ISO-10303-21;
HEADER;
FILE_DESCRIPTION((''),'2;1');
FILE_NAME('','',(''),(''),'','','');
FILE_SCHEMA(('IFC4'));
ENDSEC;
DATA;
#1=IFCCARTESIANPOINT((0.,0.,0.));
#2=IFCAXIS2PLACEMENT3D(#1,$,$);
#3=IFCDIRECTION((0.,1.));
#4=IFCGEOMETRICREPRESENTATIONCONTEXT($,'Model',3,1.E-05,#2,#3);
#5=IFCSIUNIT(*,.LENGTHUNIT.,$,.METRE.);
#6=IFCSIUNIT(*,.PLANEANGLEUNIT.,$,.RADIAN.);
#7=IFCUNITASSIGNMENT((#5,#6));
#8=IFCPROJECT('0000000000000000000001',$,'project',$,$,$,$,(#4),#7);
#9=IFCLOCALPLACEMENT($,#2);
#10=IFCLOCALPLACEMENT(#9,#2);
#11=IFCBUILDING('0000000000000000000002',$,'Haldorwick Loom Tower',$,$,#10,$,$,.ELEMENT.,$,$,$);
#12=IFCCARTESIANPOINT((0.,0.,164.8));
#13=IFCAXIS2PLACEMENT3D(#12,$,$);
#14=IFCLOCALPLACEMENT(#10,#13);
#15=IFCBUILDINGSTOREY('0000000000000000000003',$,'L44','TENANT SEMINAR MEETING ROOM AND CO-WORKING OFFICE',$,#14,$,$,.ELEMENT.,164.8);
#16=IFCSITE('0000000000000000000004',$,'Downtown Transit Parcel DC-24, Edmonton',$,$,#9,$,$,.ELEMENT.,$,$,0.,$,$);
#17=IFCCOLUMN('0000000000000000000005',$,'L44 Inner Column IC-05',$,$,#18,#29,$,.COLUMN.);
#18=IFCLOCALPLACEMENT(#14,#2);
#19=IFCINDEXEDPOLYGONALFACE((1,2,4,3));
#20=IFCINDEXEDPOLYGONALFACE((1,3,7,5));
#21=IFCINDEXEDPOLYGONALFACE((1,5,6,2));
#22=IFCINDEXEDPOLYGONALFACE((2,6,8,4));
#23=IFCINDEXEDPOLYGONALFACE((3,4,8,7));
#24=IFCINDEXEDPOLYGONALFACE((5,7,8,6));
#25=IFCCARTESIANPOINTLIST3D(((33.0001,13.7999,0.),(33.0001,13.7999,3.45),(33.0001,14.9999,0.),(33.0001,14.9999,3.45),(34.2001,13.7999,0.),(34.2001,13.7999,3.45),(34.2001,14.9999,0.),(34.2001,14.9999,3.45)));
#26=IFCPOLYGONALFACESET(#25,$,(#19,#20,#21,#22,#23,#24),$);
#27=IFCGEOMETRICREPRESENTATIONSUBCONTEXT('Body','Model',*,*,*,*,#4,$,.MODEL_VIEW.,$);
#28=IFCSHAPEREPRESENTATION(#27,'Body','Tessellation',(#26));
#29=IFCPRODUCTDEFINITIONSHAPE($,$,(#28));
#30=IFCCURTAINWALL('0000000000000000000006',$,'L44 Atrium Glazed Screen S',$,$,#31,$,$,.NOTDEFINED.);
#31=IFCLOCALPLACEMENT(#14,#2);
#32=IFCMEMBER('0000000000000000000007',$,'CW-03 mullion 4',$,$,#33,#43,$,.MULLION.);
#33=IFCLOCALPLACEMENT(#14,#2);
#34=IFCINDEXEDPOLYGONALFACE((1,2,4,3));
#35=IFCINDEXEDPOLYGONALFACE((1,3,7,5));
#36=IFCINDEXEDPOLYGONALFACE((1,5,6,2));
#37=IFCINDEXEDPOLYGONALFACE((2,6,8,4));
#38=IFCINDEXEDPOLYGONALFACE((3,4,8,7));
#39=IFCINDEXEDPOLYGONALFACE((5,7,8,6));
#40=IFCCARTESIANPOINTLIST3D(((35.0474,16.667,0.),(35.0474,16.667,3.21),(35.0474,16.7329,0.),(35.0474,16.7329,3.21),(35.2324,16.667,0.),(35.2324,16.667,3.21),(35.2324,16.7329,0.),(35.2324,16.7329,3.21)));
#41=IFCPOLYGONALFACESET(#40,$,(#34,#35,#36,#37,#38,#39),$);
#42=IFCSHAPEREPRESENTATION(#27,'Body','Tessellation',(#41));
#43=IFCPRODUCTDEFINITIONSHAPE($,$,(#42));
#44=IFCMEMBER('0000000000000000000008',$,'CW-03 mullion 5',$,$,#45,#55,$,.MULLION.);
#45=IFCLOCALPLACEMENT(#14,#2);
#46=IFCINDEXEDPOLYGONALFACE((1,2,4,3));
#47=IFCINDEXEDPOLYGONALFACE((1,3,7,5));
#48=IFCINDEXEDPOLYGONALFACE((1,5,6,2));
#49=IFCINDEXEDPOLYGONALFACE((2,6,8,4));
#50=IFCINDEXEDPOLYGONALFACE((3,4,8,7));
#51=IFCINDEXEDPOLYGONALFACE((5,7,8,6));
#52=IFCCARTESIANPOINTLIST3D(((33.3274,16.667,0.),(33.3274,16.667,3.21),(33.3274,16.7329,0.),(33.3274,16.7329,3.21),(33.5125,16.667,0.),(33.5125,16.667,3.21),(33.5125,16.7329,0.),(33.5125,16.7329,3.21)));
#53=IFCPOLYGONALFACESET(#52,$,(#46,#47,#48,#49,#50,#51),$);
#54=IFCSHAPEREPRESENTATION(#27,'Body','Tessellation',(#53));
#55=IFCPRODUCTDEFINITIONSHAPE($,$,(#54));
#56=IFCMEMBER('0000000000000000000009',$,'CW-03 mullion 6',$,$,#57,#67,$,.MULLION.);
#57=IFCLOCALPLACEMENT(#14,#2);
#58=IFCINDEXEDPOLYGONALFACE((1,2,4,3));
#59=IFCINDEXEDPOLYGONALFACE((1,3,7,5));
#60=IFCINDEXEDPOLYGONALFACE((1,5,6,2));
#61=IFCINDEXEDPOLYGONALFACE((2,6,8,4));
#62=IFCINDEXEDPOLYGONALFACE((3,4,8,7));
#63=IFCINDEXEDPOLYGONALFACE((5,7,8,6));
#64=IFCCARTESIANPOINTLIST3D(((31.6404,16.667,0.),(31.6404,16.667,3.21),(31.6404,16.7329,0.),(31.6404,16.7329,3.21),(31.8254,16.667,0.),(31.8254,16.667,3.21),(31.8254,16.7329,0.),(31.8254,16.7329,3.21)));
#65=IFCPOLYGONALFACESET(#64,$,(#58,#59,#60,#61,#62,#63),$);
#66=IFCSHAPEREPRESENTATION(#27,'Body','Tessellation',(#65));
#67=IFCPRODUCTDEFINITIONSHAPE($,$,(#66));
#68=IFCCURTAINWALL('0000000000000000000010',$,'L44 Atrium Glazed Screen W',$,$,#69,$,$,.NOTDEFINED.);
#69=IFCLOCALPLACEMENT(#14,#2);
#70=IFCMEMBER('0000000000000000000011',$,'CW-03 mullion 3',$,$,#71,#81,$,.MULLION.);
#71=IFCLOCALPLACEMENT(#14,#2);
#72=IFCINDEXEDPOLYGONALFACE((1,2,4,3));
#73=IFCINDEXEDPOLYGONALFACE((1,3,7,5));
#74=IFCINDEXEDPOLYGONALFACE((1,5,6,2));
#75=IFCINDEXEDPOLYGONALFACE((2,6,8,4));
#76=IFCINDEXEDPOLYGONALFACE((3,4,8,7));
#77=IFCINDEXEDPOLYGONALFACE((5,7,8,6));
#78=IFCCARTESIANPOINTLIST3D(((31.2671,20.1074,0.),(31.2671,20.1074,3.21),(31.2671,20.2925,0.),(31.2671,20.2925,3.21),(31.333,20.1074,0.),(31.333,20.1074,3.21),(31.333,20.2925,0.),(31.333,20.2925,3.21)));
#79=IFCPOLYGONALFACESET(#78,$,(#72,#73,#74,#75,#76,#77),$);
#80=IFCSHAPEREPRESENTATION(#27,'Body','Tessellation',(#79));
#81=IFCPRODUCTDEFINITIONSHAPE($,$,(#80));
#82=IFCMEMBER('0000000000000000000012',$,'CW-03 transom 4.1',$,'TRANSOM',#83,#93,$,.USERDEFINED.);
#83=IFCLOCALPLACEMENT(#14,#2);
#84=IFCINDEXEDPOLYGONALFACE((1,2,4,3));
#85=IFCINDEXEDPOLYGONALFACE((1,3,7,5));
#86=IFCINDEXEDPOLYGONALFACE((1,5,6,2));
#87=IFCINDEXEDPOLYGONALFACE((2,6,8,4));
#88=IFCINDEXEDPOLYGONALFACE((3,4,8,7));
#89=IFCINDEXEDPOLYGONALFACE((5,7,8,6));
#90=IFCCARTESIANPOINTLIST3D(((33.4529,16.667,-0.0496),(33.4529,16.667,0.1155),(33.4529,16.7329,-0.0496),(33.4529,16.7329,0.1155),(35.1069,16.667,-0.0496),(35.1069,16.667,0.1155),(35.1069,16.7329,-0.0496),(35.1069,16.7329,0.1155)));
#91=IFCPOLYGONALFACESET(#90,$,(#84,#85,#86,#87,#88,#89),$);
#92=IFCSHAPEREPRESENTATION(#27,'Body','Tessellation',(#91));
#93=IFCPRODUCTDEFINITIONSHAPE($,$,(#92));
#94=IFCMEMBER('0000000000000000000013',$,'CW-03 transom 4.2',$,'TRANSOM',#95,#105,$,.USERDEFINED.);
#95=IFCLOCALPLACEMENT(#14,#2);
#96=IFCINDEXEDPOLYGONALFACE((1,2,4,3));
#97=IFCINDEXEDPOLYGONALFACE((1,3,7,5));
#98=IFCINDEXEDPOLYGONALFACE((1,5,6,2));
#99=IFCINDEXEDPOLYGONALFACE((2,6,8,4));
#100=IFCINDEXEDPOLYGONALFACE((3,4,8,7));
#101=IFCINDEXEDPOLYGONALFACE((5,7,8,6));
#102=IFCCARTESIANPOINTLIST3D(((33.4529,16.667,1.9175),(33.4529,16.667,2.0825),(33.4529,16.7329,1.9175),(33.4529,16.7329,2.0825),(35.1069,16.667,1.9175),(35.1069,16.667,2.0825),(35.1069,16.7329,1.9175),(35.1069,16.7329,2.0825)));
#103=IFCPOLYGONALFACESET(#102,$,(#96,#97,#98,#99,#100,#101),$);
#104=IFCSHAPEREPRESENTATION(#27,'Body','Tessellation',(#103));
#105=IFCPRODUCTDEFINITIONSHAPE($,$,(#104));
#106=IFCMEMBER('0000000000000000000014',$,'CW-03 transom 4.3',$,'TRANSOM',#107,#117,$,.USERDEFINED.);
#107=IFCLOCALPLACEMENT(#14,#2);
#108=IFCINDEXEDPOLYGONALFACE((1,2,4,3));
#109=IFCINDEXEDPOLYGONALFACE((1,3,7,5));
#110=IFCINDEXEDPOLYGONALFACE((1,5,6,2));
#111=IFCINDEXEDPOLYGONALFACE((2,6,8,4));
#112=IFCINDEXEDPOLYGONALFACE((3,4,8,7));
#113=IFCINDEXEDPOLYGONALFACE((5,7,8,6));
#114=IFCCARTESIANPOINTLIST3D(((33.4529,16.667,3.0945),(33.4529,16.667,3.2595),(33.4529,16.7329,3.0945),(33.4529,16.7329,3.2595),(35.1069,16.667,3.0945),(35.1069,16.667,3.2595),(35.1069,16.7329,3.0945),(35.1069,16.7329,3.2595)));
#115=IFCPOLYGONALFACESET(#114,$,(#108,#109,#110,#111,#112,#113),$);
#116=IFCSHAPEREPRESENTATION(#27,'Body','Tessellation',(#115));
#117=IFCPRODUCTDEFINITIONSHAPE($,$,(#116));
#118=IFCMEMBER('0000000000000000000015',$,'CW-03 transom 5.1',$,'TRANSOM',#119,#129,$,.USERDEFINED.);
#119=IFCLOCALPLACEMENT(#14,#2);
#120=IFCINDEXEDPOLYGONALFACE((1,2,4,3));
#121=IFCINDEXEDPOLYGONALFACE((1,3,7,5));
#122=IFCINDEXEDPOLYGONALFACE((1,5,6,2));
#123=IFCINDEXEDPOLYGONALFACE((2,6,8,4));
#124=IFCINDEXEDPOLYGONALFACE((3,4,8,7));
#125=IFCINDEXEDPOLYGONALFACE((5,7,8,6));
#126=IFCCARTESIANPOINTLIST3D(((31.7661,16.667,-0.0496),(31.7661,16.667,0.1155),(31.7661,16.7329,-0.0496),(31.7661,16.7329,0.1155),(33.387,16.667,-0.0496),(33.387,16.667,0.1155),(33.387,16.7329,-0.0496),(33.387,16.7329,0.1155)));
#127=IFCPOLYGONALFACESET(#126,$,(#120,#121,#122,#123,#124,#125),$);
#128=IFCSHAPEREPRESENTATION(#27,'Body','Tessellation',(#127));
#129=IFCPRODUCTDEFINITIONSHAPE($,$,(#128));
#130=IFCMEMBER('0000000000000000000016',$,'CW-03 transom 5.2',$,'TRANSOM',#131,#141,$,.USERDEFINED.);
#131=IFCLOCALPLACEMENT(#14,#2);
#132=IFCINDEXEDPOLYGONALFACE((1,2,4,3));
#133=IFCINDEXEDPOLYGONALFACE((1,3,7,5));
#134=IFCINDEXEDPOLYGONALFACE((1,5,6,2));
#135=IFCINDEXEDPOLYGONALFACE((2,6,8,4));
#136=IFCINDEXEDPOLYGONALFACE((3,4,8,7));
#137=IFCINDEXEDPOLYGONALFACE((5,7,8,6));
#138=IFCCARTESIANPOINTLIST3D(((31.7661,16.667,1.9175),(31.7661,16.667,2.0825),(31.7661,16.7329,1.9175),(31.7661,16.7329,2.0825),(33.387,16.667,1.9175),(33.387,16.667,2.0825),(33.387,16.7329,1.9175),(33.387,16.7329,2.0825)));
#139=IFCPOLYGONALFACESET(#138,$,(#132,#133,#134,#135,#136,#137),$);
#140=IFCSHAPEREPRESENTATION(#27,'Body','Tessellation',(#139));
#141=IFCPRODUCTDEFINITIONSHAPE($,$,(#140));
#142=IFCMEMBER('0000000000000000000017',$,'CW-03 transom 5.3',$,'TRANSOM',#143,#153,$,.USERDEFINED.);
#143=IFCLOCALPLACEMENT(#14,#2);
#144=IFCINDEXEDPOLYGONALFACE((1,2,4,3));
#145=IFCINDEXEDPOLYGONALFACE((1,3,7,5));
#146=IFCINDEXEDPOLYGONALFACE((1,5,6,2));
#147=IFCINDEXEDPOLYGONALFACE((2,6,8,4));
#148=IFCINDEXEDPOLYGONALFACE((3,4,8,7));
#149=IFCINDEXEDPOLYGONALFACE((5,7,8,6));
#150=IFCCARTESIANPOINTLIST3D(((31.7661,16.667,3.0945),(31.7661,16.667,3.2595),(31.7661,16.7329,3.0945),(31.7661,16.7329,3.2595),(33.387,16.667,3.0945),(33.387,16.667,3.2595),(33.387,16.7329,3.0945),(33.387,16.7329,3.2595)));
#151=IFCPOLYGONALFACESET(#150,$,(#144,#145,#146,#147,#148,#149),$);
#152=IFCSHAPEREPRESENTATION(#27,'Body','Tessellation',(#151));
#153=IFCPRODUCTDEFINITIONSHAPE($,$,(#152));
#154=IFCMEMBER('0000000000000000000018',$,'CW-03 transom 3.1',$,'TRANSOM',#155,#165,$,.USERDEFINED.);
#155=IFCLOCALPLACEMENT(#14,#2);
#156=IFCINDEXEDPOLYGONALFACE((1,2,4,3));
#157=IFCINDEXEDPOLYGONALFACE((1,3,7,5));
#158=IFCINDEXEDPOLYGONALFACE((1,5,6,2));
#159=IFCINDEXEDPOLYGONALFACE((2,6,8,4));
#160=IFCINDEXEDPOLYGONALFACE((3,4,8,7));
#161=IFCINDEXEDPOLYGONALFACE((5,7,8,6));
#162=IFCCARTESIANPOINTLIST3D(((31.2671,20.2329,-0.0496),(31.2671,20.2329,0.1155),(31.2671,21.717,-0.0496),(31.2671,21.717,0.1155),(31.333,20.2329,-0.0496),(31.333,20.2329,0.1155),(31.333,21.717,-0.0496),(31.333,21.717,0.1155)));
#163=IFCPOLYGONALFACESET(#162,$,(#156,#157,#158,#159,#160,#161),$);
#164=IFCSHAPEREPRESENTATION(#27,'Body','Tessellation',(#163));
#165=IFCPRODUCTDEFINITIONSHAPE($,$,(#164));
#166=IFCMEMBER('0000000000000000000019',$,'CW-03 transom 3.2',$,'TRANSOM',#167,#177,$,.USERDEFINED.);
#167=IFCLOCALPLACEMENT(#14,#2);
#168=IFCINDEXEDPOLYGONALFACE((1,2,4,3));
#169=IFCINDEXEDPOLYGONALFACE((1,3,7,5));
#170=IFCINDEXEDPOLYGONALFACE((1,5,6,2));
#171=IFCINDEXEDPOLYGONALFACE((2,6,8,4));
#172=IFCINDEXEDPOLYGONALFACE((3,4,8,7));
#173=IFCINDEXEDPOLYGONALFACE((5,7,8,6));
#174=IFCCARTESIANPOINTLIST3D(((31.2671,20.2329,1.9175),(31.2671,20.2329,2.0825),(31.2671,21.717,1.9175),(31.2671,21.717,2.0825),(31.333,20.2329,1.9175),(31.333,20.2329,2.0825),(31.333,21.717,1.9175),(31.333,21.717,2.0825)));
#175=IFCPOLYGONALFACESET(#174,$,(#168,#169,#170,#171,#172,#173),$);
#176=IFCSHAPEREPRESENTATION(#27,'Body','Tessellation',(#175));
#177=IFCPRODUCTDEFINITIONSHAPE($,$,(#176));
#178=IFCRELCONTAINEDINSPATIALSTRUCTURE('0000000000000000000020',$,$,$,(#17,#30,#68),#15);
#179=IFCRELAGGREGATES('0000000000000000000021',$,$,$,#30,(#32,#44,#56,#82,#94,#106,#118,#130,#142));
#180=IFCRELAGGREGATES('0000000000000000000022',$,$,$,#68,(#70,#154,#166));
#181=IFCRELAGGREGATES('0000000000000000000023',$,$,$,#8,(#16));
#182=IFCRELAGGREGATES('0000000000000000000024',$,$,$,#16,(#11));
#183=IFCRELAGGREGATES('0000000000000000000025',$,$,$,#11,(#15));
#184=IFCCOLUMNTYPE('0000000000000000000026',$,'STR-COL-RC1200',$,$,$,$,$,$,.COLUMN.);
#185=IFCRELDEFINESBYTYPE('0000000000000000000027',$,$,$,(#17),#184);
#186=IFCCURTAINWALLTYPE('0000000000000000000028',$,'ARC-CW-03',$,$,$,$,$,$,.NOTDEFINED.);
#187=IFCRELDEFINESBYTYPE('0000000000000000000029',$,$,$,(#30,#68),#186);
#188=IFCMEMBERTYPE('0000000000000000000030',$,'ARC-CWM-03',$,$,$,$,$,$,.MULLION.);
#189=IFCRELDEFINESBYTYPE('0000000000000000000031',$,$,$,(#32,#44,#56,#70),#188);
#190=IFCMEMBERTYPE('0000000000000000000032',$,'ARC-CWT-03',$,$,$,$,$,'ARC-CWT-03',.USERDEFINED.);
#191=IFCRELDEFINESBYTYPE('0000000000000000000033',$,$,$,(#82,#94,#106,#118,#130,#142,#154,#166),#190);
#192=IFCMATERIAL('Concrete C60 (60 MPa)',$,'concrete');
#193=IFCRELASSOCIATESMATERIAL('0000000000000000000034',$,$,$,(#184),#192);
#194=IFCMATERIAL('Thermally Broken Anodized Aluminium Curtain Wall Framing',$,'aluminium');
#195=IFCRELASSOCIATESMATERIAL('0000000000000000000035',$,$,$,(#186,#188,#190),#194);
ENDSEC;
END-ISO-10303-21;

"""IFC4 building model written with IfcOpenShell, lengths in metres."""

from ifc_helpers import new_model, si_unit, direction, frame, origin, origin_2d, place, context, subcontext, project, spatial, rectangle, extrude, material, material_profile, profile_set, type_object, element, aggregate, save


model = new_model("IFC4")

# Units and contexts
model_context = context("Model", 3, precision=1e-05, world=origin(), true_north=direction((0.0, 1.0)))
body_context = subcontext(model_context, "Body", "Model", "MODEL_VIEW")
ifc_project = project(units=[si_unit("LENGTHUNIT", "METRE"), si_unit("PLANEANGLEUNIT", "RADIAN")], contexts=[model_context])

# Site, building, storey
site_placement = place(None, origin())
site = spatial("IfcSite", under=ifc_project, at=site_placement, Name="Downtown Transit Parcel DC-24, Edmonton", CompositionType="ELEMENT", RefElevation=0.0)
building_placement = place(site_placement, origin())
building = spatial("IfcBuilding", under=site, at=building_placement, Name="Haldorwick Loom Tower", CompositionType="ELEMENT")
storey_placement = place(building_placement, frame((0.0, 0.0, 164.8)))
storey = spatial("IfcBuildingStorey", under=building, at=storey_placement, Name="L44", Description="TENANT SEMINAR MEETING ROOM AND CO-WORKING OFFICE", CompositionType="ELEMENT", Elevation=164.8)

# Column
ifc_material_1 = material(Name="Concrete C60 (60 MPa)", Category="concrete")
ifc_material_profile_1 = material_profile(ifc_material_1, rectangle(XDim=1.2, YDim=1.2, at=origin_2d()), Name="RC1200X1200", Category="concrete")
ifc_profile_set_1 = profile_set([ifc_material_profile_1], Name="Concrete C60 (60 MPa)")
column_type = type_object("IfcColumnType", Name="STR-COL-RC1200", PredefinedType="COLUMN", material=ifc_profile_set_1)
column_placement = place(storey_placement, frame((33.6001, 14.3999, 0.0), z_axis=(0.0, 0.0, 1.0), x_axis=(1.0, 0.0, 0.0)))
element("IfcColumn", 1, at=column_placement, inside=storey, type_object=column_type, Name="L44 Inner Column IC-05", PredefinedType="COLUMN", context=body_context, shape_type="SweptSolid", body=[
    extrude(rectangle(XDim=1.2, YDim=1.2, at=origin_2d()), origin(), (0.0, 0.0, 1.0), 3.45),
])

# Curtain wall, members
ifc_material_2 = material(Name="Thermally Broken Anodized Aluminium Curtain Wall Framing", Category="aluminium")
curtain_wall_type = type_object("IfcCurtainWallType", Name="ARC-CW-03", PredefinedType="NOTDEFINED", material=ifc_material_2)
curtain_wall_1_placement = place(storey_placement, origin())
curtain_wall_1 = element("IfcCurtainWall", 2, at=curtain_wall_1_placement, inside=storey, type_object=curtain_wall_type, Name="L44 Atrium Glazed Screen S", PredefinedType="NOTDEFINED")
ifc_material_profile_2 = material_profile(ifc_material_2, rectangle(XDim=0.0659, YDim=0.1851, at=origin_2d()), Name="ALU_MUL_66X185", Category="aluminium")
ifc_profile_set_2 = profile_set([ifc_material_profile_2], Name="Thermally Broken Anodized Aluminium Curtain Wall Framing")
member_type_1 = type_object("IfcMemberType", Name="ARC-CWM-03", PredefinedType="MULLION", material=ifc_profile_set_2)
member_1_placement = place(storey_placement, frame((35.1399, 16.7, 0.0), z_axis=(0.0, 0.0, 1.0), x_axis=(0.0, -1.0, 0.0)))
member_1 = element("IfcMember", 3, at=member_1_placement, type_object=member_type_1, Name="CW-03 mullion 4", PredefinedType="MULLION", context=body_context, shape_type="SweptSolid", body=[
    extrude(rectangle(XDim=0.0659, YDim=0.1851, at=origin_2d()), origin(), (0.0, 0.0, 1.0), 3.21),
])
member_2_placement = place(storey_placement, frame((33.4199, 16.7, 0.0), z_axis=(0.0, 0.0, 1.0), x_axis=(0.0, -1.0, 0.0)))
member_2 = element("IfcMember", 4, at=member_2_placement, type_object=member_type_1, Name="CW-03 mullion 5", PredefinedType="MULLION", context=body_context, shape_type="SweptSolid", body=[
    extrude(rectangle(XDim=0.0659, YDim=0.1851, at=origin_2d()), origin(), (0.0, 0.0, 1.0), 3.21),
])
member_3_placement = place(storey_placement, frame((31.7329, 16.7, 0.0), z_axis=(0.0, 0.0, 1.0), x_axis=(0.0, -1.0, 0.0)))
member_3 = element("IfcMember", 5, at=member_3_placement, type_object=member_type_1, Name="CW-03 mullion 6", PredefinedType="MULLION", context=body_context, shape_type="SweptSolid", body=[
    extrude(rectangle(XDim=0.0659, YDim=0.1851, at=origin_2d()), origin(), (0.0, 0.0, 1.0), 3.21),
])

# Curtain wall, member
curtain_wall_2_placement = place(storey_placement, origin())
curtain_wall_2 = element("IfcCurtainWall", 6, at=curtain_wall_2_placement, inside=storey, type_object=curtain_wall_type, Name="L44 Atrium Glazed Screen W", PredefinedType="NOTDEFINED")
member_4_placement = place(storey_placement, frame((31.3, 20.2, 0.0), z_axis=(0.0, 0.0, 1.0), x_axis=(-1.0, 0.0, 0.0)))
member_4 = element("IfcMember", 7, at=member_4_placement, type_object=member_type_1, Name="CW-03 mullion 3", PredefinedType="MULLION", context=body_context, shape_type="SweptSolid", body=[
    extrude(rectangle(XDim=0.0659, YDim=0.1851, at=origin_2d()), origin(), (0.0, 0.0, 1.0), 3.21),
])

# Members
ifc_material_profile_3 = material_profile(ifc_material_2, rectangle(XDim=0.0659, YDim=0.165, at=origin_2d()), Name="ALU_TRN_66X165", Category="aluminium")
ifc_profile_set_3 = profile_set([ifc_material_profile_3], Name="Thermally Broken Anodized Aluminium Curtain Wall Framing")
member_type_2 = type_object("IfcMemberType", Name="ARC-CWT-03", ElementType="ARC-CWT-03", PredefinedType="USERDEFINED", material=ifc_profile_set_3)
member_5_placement = place(storey_placement, frame((35.1069, 16.7, 0.033), z_axis=(-1.0, 0.0, 0.0), x_axis=(0.0, -1.0, 0.0)))
member_5 = element("IfcMember", 8, at=member_5_placement, type_object=member_type_2, Name="CW-03 transom 4.1", ObjectType="TRANSOM", PredefinedType="USERDEFINED", context=body_context, shape_type="SweptSolid", body=[
    extrude(rectangle(XDim=0.0659, YDim=0.165, at=origin_2d()), origin(), (0.0, 0.0, 1.0), 1.6541),
])
member_6_placement = place(storey_placement, frame((35.1069, 16.7, 2.0), z_axis=(-1.0, 0.0, 0.0), x_axis=(0.0, -1.0, 0.0)))
member_6 = element("IfcMember", 9, at=member_6_placement, type_object=member_type_2, Name="CW-03 transom 4.2", ObjectType="TRANSOM", PredefinedType="USERDEFINED", context=body_context, shape_type="SweptSolid", body=[
    extrude(rectangle(XDim=0.0659, YDim=0.165, at=origin_2d()), origin(), (0.0, 0.0, 1.0), 1.6541),
])
member_7_placement = place(storey_placement, frame((35.1069, 16.7, 3.177), z_axis=(-1.0, 0.0, 0.0), x_axis=(0.0, -1.0, 0.0)))
member_7 = element("IfcMember", 10, at=member_7_placement, type_object=member_type_2, Name="CW-03 transom 4.3", ObjectType="TRANSOM", PredefinedType="USERDEFINED", context=body_context, shape_type="SweptSolid", body=[
    extrude(rectangle(XDim=0.0659, YDim=0.165, at=origin_2d()), origin(), (0.0, 0.0, 1.0), 1.6541),
])
member_8_placement = place(storey_placement, frame((33.387, 16.7, 0.033), z_axis=(-1.0, 0.0, 0.0), x_axis=(0.0, -1.0, 0.0)))
member_8 = element("IfcMember", 11, at=member_8_placement, type_object=member_type_2, Name="CW-03 transom 5.1", ObjectType="TRANSOM", PredefinedType="USERDEFINED", context=body_context, shape_type="SweptSolid", body=[
    extrude(rectangle(XDim=0.0659, YDim=0.165, at=origin_2d()), origin(), (0.0, 0.0, 1.0), 1.6208),
])
member_9_placement = place(storey_placement, frame((33.387, 16.7, 2.0), z_axis=(-1.0, 0.0, 0.0), x_axis=(0.0, -1.0, 0.0)))
member_9 = element("IfcMember", 12, at=member_9_placement, type_object=member_type_2, Name="CW-03 transom 5.2", ObjectType="TRANSOM", PredefinedType="USERDEFINED", context=body_context, shape_type="SweptSolid", body=[
    extrude(rectangle(XDim=0.0659, YDim=0.165, at=origin_2d()), origin(), (0.0, 0.0, 1.0), 1.6208),
])
member_10_placement = place(storey_placement, frame((33.387, 16.7, 3.177), z_axis=(-1.0, 0.0, 0.0), x_axis=(0.0, -1.0, 0.0)))
member_10 = element("IfcMember", 13, at=member_10_placement, type_object=member_type_2, Name="CW-03 transom 5.3", ObjectType="TRANSOM", PredefinedType="USERDEFINED", context=body_context, shape_type="SweptSolid", body=[
    extrude(rectangle(XDim=0.0659, YDim=0.165, at=origin_2d()), origin(), (0.0, 0.0, 1.0), 1.6208),
])
member_11_placement = place(storey_placement, frame((31.3, 20.2329, 0.033), z_axis=(0.0, 1.0, 0.0), x_axis=(-1.0, 0.0, 0.0)))
member_11 = element("IfcMember", 14, at=member_11_placement, type_object=member_type_2, Name="CW-03 transom 3.1", ObjectType="TRANSOM", PredefinedType="USERDEFINED", context=body_context, shape_type="SweptSolid", body=[
    extrude(rectangle(XDim=0.0659, YDim=0.165, at=origin_2d()), origin(), (0.0, 0.0, 1.0), 1.4841),
])
member_12_placement = place(storey_placement, frame((31.3, 20.2329, 2.0), z_axis=(0.0, 1.0, 0.0), x_axis=(-1.0, 0.0, 0.0)))
member_12 = element("IfcMember", 15, at=member_12_placement, type_object=member_type_2, Name="CW-03 transom 3.2", ObjectType="TRANSOM", PredefinedType="USERDEFINED", context=body_context, shape_type="SweptSolid", body=[
    extrude(rectangle(XDim=0.0659, YDim=0.165, at=origin_2d()), origin(), (0.0, 0.0, 1.0), 1.4841),
])

aggregate(curtain_wall_1, [member_1, member_2, member_3, member_5, member_6, member_7, member_8, member_9, member_10])
aggregate(curtain_wall_2, [member_4, member_11, member_12])

save(model, "model.ifc")
